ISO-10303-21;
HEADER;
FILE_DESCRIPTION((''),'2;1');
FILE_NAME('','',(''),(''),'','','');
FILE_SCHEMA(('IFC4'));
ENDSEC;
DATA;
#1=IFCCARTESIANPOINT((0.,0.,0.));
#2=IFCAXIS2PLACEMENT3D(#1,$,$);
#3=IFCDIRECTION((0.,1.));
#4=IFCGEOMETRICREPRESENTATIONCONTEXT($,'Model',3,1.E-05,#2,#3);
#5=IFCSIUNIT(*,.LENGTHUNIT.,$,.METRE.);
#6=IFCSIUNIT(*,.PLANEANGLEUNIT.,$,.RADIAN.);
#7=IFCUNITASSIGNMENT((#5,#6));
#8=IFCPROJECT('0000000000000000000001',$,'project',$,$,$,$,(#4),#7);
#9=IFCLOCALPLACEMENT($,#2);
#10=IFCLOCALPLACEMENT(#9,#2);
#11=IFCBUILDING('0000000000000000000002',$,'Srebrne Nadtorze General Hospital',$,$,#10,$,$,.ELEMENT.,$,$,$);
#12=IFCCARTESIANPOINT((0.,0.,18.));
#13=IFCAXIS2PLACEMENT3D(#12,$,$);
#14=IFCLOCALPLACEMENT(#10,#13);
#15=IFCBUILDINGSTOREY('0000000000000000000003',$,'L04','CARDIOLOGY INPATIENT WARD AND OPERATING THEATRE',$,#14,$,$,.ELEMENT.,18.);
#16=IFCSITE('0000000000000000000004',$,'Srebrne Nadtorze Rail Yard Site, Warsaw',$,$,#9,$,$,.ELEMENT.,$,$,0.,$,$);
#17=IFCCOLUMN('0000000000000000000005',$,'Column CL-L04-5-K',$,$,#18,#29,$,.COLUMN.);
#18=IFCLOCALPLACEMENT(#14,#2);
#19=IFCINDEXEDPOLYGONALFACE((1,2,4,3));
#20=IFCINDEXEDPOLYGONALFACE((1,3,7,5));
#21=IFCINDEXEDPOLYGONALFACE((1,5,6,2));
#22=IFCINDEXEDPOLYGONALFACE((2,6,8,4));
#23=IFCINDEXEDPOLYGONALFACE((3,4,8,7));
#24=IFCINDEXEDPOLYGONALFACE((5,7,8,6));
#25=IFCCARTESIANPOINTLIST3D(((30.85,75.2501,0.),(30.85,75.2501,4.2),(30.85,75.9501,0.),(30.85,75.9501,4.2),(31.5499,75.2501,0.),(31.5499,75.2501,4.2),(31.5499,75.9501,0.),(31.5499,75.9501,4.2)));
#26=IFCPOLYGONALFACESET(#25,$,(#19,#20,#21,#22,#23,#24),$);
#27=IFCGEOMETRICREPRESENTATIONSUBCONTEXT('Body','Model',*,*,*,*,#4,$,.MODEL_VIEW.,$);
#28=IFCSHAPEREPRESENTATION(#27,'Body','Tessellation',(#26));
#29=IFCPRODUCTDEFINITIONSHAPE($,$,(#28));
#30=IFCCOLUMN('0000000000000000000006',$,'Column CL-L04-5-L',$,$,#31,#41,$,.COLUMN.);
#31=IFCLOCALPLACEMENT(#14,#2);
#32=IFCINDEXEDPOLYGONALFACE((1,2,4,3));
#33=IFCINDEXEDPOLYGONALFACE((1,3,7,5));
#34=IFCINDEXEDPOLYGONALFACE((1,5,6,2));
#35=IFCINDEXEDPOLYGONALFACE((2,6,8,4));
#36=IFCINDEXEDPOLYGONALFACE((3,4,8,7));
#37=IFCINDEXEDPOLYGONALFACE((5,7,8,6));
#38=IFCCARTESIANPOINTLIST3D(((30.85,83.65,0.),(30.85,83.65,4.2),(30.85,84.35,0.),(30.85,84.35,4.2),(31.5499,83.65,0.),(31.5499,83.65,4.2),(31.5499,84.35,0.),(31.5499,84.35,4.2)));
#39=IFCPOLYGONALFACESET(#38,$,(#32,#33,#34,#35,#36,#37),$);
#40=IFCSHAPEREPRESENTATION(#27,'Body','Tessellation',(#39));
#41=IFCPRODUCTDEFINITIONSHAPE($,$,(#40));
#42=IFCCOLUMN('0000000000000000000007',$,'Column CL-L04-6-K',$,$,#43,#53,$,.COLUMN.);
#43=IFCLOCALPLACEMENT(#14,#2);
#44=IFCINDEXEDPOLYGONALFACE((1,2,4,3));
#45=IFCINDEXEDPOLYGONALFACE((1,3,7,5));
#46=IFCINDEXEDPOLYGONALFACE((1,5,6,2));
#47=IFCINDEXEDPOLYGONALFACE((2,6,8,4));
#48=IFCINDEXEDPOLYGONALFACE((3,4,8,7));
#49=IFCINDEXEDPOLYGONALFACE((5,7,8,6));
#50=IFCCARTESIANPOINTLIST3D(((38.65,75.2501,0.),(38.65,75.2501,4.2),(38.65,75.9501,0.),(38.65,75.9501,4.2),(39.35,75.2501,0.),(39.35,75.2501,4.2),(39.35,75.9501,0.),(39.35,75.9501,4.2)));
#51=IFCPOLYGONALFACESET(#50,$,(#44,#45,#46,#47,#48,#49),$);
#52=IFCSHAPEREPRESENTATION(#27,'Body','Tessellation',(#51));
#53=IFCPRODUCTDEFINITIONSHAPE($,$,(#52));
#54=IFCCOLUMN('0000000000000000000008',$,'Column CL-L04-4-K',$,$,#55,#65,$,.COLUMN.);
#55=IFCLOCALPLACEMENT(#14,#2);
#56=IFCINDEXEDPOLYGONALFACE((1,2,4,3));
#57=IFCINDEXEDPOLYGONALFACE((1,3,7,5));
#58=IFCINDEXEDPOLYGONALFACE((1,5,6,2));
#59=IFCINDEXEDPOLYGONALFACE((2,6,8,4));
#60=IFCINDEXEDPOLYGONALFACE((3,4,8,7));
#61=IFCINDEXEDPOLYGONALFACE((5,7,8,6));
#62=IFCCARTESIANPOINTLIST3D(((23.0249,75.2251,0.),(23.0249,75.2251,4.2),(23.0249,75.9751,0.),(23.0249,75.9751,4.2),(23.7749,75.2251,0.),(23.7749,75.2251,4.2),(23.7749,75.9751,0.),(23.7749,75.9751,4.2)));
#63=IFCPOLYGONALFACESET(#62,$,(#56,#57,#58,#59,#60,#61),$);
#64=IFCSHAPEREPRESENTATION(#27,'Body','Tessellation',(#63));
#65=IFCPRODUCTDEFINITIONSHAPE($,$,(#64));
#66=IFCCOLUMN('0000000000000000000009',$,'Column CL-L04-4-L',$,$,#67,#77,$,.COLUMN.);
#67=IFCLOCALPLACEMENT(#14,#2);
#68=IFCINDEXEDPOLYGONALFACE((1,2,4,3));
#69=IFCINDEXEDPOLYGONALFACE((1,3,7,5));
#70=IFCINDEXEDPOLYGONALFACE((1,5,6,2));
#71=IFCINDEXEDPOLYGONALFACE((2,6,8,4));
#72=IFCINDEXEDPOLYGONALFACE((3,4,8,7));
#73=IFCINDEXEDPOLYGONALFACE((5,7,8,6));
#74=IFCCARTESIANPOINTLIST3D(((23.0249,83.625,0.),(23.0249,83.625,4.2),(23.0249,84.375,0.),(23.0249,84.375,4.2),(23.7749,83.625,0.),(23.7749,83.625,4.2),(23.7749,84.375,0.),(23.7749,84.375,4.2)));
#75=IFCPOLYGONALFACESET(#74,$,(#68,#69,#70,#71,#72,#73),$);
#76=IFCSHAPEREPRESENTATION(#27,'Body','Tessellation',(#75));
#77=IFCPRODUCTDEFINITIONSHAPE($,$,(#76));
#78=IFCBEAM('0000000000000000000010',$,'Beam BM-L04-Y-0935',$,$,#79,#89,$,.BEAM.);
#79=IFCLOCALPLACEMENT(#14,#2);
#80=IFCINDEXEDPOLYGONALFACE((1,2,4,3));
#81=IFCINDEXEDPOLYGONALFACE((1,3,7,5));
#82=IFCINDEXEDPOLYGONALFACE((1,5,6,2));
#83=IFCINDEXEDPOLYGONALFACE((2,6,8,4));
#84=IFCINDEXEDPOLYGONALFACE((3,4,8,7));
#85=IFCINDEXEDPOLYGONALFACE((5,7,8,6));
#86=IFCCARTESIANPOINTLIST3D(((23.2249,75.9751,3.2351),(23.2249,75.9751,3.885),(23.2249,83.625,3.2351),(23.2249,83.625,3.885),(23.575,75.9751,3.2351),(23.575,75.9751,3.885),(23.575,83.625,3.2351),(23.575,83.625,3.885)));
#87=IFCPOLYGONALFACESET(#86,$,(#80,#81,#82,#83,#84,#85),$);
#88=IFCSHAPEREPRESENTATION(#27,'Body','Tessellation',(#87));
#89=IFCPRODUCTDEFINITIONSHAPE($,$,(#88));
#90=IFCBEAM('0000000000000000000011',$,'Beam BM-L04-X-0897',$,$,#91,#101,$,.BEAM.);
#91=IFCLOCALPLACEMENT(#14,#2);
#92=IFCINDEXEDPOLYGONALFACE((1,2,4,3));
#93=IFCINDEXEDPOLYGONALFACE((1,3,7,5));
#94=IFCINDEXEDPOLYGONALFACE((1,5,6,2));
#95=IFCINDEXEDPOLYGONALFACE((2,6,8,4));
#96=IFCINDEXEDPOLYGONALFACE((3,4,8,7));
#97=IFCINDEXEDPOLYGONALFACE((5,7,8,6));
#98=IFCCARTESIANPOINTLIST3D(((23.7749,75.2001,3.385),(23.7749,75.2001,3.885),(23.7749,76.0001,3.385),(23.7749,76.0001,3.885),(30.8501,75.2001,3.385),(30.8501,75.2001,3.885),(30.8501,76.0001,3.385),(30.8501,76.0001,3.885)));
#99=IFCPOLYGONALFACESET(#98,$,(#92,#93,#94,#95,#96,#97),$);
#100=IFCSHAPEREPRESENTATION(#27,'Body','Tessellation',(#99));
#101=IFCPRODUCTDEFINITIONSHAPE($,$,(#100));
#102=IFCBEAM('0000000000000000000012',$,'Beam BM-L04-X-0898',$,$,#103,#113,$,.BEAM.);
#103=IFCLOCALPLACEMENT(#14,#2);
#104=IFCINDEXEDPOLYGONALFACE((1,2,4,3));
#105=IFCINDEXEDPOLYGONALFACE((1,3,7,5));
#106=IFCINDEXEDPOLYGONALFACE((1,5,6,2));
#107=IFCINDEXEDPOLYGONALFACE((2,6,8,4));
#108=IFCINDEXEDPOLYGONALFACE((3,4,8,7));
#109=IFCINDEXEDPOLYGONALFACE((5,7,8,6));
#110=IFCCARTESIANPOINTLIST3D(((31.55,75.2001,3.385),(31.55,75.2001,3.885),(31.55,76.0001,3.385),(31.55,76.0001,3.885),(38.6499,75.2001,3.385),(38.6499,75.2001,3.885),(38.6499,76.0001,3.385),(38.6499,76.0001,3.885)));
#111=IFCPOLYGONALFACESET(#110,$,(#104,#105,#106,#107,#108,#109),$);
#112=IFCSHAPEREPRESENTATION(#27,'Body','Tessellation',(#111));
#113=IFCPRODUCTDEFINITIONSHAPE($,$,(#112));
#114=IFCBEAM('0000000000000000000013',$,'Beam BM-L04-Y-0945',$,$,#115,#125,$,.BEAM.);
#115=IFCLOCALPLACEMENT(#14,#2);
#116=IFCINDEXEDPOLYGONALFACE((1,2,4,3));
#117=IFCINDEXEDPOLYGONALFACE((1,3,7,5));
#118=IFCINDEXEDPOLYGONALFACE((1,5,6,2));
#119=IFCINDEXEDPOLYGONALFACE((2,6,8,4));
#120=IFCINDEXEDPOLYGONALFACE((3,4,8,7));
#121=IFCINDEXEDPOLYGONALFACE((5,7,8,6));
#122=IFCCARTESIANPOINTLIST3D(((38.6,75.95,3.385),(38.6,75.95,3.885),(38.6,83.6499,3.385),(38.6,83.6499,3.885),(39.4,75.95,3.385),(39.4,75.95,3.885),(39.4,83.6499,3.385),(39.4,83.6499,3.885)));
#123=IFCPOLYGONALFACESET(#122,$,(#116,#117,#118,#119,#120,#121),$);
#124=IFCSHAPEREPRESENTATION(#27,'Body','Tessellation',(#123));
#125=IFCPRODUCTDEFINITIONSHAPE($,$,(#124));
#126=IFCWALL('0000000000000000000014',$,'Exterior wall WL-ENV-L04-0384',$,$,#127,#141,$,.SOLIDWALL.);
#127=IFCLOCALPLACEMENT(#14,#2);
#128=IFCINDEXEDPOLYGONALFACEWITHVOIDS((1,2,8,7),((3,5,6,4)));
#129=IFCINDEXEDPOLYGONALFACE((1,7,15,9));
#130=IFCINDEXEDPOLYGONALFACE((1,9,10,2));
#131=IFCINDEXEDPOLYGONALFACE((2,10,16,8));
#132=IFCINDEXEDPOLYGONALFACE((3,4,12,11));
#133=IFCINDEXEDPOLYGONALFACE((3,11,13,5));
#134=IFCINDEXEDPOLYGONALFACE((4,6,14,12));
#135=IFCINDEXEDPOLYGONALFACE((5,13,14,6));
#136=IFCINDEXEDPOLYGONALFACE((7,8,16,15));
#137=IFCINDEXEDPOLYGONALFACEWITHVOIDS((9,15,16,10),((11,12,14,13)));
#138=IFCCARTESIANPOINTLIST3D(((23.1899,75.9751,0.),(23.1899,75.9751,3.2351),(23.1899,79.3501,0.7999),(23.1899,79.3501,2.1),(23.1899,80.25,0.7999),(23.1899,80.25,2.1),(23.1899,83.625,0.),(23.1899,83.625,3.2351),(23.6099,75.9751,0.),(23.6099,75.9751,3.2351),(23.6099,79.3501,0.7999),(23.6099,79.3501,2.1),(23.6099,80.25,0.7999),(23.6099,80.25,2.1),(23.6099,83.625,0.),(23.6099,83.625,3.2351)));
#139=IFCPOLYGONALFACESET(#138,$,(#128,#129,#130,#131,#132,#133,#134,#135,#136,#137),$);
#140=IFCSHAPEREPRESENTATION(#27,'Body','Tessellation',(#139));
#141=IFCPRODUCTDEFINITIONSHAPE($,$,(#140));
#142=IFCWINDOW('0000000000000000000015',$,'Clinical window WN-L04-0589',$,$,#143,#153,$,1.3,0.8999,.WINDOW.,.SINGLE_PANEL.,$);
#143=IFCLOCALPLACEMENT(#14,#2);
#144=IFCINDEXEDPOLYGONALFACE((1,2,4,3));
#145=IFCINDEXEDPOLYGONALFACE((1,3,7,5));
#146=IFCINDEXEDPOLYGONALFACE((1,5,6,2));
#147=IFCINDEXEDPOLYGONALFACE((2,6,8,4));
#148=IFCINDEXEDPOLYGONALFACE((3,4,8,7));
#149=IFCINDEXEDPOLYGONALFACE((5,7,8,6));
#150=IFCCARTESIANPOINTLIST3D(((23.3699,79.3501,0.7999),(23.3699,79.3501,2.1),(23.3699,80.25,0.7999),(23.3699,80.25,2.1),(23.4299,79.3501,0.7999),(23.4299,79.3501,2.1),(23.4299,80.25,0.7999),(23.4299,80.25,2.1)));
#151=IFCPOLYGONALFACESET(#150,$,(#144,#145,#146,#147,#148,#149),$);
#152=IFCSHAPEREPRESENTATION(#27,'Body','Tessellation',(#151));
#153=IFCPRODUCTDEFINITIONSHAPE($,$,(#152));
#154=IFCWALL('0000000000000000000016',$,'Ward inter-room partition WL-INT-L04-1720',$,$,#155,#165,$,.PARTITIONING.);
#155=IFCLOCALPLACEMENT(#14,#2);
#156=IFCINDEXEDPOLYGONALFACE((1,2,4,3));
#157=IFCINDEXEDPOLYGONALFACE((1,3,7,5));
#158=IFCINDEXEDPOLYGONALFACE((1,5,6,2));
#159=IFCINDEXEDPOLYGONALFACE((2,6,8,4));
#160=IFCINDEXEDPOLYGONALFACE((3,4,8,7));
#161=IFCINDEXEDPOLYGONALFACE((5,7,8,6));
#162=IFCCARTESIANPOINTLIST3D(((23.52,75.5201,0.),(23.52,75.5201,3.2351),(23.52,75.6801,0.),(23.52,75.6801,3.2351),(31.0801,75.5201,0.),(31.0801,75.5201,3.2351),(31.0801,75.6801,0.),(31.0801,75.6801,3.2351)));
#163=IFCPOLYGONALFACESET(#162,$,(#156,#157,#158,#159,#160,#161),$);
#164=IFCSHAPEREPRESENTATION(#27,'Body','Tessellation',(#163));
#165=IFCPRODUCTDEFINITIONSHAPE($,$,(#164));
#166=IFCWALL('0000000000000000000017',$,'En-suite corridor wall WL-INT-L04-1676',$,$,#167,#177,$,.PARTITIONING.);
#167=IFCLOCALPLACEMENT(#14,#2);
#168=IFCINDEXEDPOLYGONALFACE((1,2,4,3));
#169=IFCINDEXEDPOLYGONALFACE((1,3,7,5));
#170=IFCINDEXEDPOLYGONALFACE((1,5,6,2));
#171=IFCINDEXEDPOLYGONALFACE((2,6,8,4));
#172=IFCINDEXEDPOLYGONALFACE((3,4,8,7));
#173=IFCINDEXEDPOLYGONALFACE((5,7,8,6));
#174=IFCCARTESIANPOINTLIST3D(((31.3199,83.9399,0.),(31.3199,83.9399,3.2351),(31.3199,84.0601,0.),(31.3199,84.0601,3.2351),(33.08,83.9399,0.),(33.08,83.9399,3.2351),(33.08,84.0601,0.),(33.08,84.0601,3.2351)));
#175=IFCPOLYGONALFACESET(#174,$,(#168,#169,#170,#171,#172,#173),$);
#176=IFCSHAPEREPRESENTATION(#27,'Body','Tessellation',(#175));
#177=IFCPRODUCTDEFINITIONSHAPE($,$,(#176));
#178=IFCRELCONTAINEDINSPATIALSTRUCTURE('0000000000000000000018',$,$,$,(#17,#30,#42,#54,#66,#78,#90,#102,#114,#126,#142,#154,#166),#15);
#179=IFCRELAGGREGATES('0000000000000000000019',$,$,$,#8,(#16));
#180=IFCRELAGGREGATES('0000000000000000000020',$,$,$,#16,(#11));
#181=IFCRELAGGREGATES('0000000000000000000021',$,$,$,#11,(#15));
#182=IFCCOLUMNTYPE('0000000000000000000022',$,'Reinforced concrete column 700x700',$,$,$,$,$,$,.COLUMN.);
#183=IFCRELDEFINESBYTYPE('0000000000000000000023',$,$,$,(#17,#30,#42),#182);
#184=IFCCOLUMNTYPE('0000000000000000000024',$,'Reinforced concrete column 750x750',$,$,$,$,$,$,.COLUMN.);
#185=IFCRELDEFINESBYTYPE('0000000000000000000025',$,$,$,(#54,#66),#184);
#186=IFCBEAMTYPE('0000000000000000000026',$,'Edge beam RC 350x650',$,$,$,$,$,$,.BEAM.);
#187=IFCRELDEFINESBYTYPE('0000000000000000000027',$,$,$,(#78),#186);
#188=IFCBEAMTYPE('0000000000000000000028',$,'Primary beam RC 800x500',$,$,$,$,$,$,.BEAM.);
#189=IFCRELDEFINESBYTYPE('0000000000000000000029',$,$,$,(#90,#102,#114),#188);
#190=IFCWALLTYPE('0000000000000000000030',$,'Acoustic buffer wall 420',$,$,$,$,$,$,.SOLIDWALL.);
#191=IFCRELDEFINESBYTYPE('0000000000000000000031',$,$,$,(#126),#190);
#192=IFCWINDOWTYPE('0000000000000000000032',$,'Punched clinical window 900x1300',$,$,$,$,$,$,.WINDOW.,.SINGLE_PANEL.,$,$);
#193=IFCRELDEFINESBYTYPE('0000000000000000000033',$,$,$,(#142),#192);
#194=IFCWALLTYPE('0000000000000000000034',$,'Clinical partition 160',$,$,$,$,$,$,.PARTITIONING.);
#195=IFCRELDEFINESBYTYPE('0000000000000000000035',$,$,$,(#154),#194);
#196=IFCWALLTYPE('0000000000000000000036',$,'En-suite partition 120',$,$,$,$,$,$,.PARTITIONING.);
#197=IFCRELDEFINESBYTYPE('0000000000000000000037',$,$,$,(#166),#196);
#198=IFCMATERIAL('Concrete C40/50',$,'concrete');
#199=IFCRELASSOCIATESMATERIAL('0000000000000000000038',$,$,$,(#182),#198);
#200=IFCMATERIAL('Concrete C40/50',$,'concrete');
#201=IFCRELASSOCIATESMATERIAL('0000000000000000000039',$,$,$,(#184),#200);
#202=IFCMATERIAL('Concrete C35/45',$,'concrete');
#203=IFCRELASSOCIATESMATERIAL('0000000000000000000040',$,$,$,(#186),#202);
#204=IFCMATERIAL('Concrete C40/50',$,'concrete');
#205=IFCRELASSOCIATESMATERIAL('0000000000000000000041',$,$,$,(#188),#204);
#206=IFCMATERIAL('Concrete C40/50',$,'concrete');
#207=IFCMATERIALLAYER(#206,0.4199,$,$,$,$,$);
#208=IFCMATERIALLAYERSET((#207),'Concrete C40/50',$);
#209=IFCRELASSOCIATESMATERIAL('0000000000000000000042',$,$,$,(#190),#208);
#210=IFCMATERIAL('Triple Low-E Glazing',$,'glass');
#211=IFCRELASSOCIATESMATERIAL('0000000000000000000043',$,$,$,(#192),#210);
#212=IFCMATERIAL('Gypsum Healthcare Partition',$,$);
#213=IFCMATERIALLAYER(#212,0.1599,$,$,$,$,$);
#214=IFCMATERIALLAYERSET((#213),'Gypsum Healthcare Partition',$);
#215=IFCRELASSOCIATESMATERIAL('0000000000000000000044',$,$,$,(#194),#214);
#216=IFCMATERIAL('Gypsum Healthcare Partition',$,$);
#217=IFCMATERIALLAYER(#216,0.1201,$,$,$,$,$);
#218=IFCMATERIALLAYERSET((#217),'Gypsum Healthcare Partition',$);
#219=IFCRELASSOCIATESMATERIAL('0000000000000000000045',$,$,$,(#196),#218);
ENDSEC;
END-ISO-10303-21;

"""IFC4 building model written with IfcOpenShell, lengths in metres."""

from ifc_helpers import new_model, si_unit, direction, frame, frame_2d, origin, origin_2d, place, context, subcontext, project, spatial, rectangle, extrude, material, layer, layer_set, material_profile, profile_set, type_object, element, fill, save


model = new_model("IFC4")

# Units and contexts
model_context = context("Model", 3, precision=1e-05, world=origin(), true_north=direction((0.0, 1.0)))
body_context = subcontext(model_context, "Body", "Model", "MODEL_VIEW")
ifc_project = project(units=[si_unit("LENGTHUNIT", "METRE"), si_unit("PLANEANGLEUNIT", "RADIAN")], contexts=[model_context])

# Site, building, storey
site_placement = place(None, origin())
site = spatial("IfcSite", under=ifc_project, at=site_placement, Name="Srebrne Nadtorze Rail Yard Site, Warsaw", CompositionType="ELEMENT", RefElevation=0.0)
building_placement = place(site_placement, origin())
building = spatial("IfcBuilding", under=site, at=building_placement, Name="Srebrne Nadtorze General Hospital", CompositionType="ELEMENT")
storey_placement = place(building_placement, frame((0.0, 0.0, 18.0)))
storey = spatial("IfcBuildingStorey", under=building, at=storey_placement, Name="L04", Description="CARDIOLOGY INPATIENT WARD AND OPERATING THEATRE", CompositionType="ELEMENT", Elevation=18.0)

# Columns
ifc_material_1 = material(Name="Concrete C40/50", Category="concrete")
ifc_material_profile_1 = material_profile(ifc_material_1, rectangle(XDim=0.7, YDim=0.7, at=origin_2d()), Name="RC-COL-700x700")
ifc_profile_set_1 = profile_set([ifc_material_profile_1], Name="Concrete C40/50")
column_type_1 = type_object("IfcColumnType", Name="Reinforced concrete column 700x700", PredefinedType="COLUMN", material=ifc_profile_set_1)
for number, where, z_axis, x_axis, name in (
    (1, (31.2, 75.6001, 0.0), (0.0, 0.0, 1.0), (1.0, 0.0, 0.0), "Column CL-L04-5-K"),
    (2, (31.2, 84.0, 0.0), (0.0, 0.0, 1.0), (1.0, 0.0, 0.0), "Column CL-L04-5-L"),
    (3, (39.0, 75.6001, 0.0), (0.0, 0.0, 1.0), (1.0, 0.0, 0.0), "Column CL-L04-6-K"),
):
    element("IfcColumn", number, at=place(storey_placement, frame(where, z_axis=z_axis, x_axis=x_axis)), inside=storey, type_object=column_type_1, Name=name, PredefinedType="COLUMN", context=body_context, shape_type="SweptSolid", body=[
        extrude(rectangle(XDim=0.7, YDim=0.7, at=origin_2d()), origin(), (0.0, 0.0, 1.0), 4.2),
    ])
ifc_material_2 = material(Name="Concrete C40/50", Category="concrete")
ifc_material_profile_2 = material_profile(ifc_material_2, rectangle(XDim=0.75, YDim=0.75, at=origin_2d()), Name="RC-COL-750x750")
ifc_profile_set_2 = profile_set([ifc_material_profile_2], Name="Concrete C40/50")
column_type_2 = type_object("IfcColumnType", Name="Reinforced concrete column 750x750", PredefinedType="COLUMN", material=ifc_profile_set_2)
for number, where, z_axis, x_axis, name in (
    (4, (23.3999, 75.6001, 0.0), (0.0, 0.0, 1.0), (1.0, 0.0, 0.0), "Column CL-L04-4-K"),
    (5, (23.3999, 84.0, 0.0), (0.0, 0.0, 1.0), (1.0, 0.0, 0.0), "Column CL-L04-4-L"),
):
    element("IfcColumn", number, at=place(storey_placement, frame(where, z_axis=z_axis, x_axis=x_axis)), inside=storey, type_object=column_type_2, Name=name, PredefinedType="COLUMN", context=body_context, shape_type="SweptSolid", body=[
        extrude(rectangle(XDim=0.75, YDim=0.75, at=origin_2d()), origin(), (0.0, 0.0, 1.0), 4.2),
    ])

# Beams
ifc_material_3 = material(Name="Concrete C35/45", Category="concrete")
ifc_material_profile_3 = material_profile(ifc_material_3, rectangle(XDim=0.3501, YDim=0.6499, at=origin_2d()), Name="RC-BM-350x650")
ifc_profile_set_3 = profile_set([ifc_material_profile_3], Name="Concrete C35/45")
beam_type_1 = type_object("IfcBeamType", Name="Edge beam RC 350x650", PredefinedType="BEAM", material=ifc_profile_set_3)
beam_1_placement = place(storey_placement, frame((23.3999, 75.9751, 3.5601), z_axis=(0.0, 1.0, 0.0), x_axis=(-1.0, 0.0, 0.0)))
element("IfcBeam", 6, at=beam_1_placement, inside=storey, type_object=beam_type_1, Name="Beam BM-L04-Y-0935", PredefinedType="BEAM", context=body_context, shape_type="SweptSolid", body=[
    extrude(rectangle(XDim=0.3501, YDim=0.6499, at=origin_2d()), origin(), (0.0, 0.0, 1.0), 7.6499),
])
ifc_material_4 = material(Name="Concrete C40/50", Category="concrete")
ifc_material_profile_4 = material_profile(ifc_material_4, rectangle(XDim=0.8, YDim=0.5, at=origin_2d()), Name="RC-BM-800x500")
ifc_profile_set_4 = profile_set([ifc_material_profile_4], Name="Concrete C40/50")
beam_type_2 = type_object("IfcBeamType", Name="Primary beam RC 800x500", PredefinedType="BEAM", material=ifc_profile_set_4)
beam_2_placement = place(storey_placement, frame((23.7749, 75.6001, 3.635), z_axis=(1.0, 0.0, 0.0), x_axis=(0.0, 1.0, 0.0)))
element("IfcBeam", 7, at=beam_2_placement, inside=storey, type_object=beam_type_2, Name="Beam BM-L04-X-0897", PredefinedType="BEAM", context=body_context, shape_type="SweptSolid", body=[
    extrude(rectangle(XDim=0.8, YDim=0.5, at=origin_2d()), origin(), (0.0, 0.0, 1.0), 7.0752),
])
beam_3_placement = place(storey_placement, frame((31.55, 75.6001, 3.635), z_axis=(1.0, 0.0, 0.0), x_axis=(0.0, 1.0, 0.0)))
element("IfcBeam", 8, at=beam_3_placement, inside=storey, type_object=beam_type_2, Name="Beam BM-L04-X-0898", PredefinedType="BEAM", context=body_context, shape_type="SweptSolid", body=[
    extrude(rectangle(XDim=0.8, YDim=0.5, at=origin_2d()), origin(), (0.0, 0.0, 1.0), 7.0999),
])
beam_4_placement = place(storey_placement, frame((39.0, 75.95, 3.635), z_axis=(0.0, 1.0, 0.0), x_axis=(-1.0, 0.0, 0.0)))
element("IfcBeam", 9, at=beam_4_placement, inside=storey, type_object=beam_type_2, Name="Beam BM-L04-Y-0945", PredefinedType="BEAM", context=body_context, shape_type="SweptSolid", body=[
    extrude(rectangle(XDim=0.8, YDim=0.5, at=origin_2d()), origin(), (0.0, 0.0, 1.0), 7.7),
])

# Wall, opening, window
ifc_material_5 = material(Name="Concrete C40/50", Category="concrete")
ifc_layer_1 = layer(ifc_material_5, 0.4199)
ifc_layer_set_1 = layer_set([ifc_layer_1], Name="Concrete C40/50")
wall_type_1 = type_object("IfcWallType", Name="Acoustic buffer wall 420", PredefinedType="SOLIDWALL", material=ifc_layer_set_1)
wall_1_placement = place(storey_placement, frame((23.3999, 75.9751, 0.0), z_axis=(0.0, 0.0, 1.0), x_axis=(0.0, 1.0, 0.0)))
wall_1 = element("IfcWall", 10, at=wall_1_placement, inside=storey, type_object=wall_type_1, Name="Exterior wall WL-ENV-L04-0384", PredefinedType="SOLIDWALL", context=body_context, shape_type="SweptSolid", body=[
    extrude(rectangle(XDim=7.6499, YDim=0.4199, at=frame_2d((3.825, 0.0))), origin(), (0.0, 0.0, 1.0), 3.2351),
])
opening_1_placement = place(wall_1_placement, frame((3.375, 0.0, 0.8)))
opening_1 = element("IfcOpeningElement", 11, at=opening_1_placement, cuts=wall_1, PredefinedType="OPENING", context=body_context, shape_type="SweptSolid", body=[
    extrude(rectangle(XDim=0.8999, YDim=1.3, at=frame_2d((0.45, 0.6499))), frame((0.0, 0.2219, 0.0), z_axis=(0.0, -1.0, 0.0), x_axis=(1.0, 0.0, 0.0)), (0.0, 0.0, 1.0), 0.4438),
])
ifc_material_6 = material(Name="Triple Low-E Glazing", Category="glass")
window_type = type_object("IfcWindowType", Name="Punched clinical window 900x1300", PartitioningType="SINGLE_PANEL", PredefinedType="WINDOW", material=ifc_material_6)
window_placement = place(opening_1_placement, origin())
window = element("IfcWindow", 12, at=window_placement, inside=storey, type_object=window_type, Name="Clinical window WN-L04-0589", OverallHeight=1.3, OverallWidth=0.8999, PartitioningType="SINGLE_PANEL", PredefinedType="WINDOW", context=body_context, shape_type="SweptSolid", body=[
    extrude(rectangle(XDim=0.8999, YDim=1.3, at=frame_2d((0.45, 0.6499))), frame((0.0, 0.03, 0.0), z_axis=(0.0, -1.0, 0.0), x_axis=(1.0, 0.0, 0.0)), (0.0, 0.0, 1.0), 0.0601),
])
fill(opening_1, window)

# Walls
ifc_material_7 = material(Name="Gypsum Healthcare Partition")
ifc_layer_2 = layer(ifc_material_7, 0.1599)
ifc_layer_set_2 = layer_set([ifc_layer_2], Name="Gypsum Healthcare Partition")
wall_type_2 = type_object("IfcWallType", Name="Clinical partition 160", PredefinedType="PARTITIONING", material=ifc_layer_set_2)
wall_2_placement = place(storey_placement, frame((23.52, 75.6001, 0.0), z_axis=(0.0, 0.0, 1.0), x_axis=(1.0, 0.0, 0.0)))
element("IfcWall", 13, at=wall_2_placement, inside=storey, type_object=wall_type_2, Name="Ward inter-room partition WL-INT-L04-1720", PredefinedType="PARTITIONING", context=body_context, shape_type="SweptSolid", body=[
    extrude(rectangle(XDim=7.5601, YDim=0.1599, at=frame_2d((3.78, 0.0))), origin(), (0.0, 0.0, 1.0), 3.2351),
])
ifc_material_8 = material(Name="Gypsum Healthcare Partition")
ifc_layer_3 = layer(ifc_material_8, 0.1201)
ifc_layer_set_3 = layer_set([ifc_layer_3], Name="Gypsum Healthcare Partition")
wall_type_3 = type_object("IfcWallType", Name="En-suite partition 120", PredefinedType="PARTITIONING", material=ifc_layer_set_3)
wall_3_placement = place(storey_placement, frame((31.3201, 84.0, 0.0), z_axis=(0.0, 0.0, 1.0), x_axis=(1.0, 0.0, 0.0)))
element("IfcWall", 14, at=wall_3_placement, inside=storey, type_object=wall_type_3, Name="En-suite corridor wall WL-INT-L04-1676", PredefinedType="PARTITIONING", context=body_context, shape_type="SweptSolid", body=[
    extrude(rectangle(XDim=1.76, YDim=0.1201, at=frame_2d((0.8799, 0.0))), origin(), (0.0, 0.0, 1.0), 3.2351),
])

save(model, "model.ifc")
